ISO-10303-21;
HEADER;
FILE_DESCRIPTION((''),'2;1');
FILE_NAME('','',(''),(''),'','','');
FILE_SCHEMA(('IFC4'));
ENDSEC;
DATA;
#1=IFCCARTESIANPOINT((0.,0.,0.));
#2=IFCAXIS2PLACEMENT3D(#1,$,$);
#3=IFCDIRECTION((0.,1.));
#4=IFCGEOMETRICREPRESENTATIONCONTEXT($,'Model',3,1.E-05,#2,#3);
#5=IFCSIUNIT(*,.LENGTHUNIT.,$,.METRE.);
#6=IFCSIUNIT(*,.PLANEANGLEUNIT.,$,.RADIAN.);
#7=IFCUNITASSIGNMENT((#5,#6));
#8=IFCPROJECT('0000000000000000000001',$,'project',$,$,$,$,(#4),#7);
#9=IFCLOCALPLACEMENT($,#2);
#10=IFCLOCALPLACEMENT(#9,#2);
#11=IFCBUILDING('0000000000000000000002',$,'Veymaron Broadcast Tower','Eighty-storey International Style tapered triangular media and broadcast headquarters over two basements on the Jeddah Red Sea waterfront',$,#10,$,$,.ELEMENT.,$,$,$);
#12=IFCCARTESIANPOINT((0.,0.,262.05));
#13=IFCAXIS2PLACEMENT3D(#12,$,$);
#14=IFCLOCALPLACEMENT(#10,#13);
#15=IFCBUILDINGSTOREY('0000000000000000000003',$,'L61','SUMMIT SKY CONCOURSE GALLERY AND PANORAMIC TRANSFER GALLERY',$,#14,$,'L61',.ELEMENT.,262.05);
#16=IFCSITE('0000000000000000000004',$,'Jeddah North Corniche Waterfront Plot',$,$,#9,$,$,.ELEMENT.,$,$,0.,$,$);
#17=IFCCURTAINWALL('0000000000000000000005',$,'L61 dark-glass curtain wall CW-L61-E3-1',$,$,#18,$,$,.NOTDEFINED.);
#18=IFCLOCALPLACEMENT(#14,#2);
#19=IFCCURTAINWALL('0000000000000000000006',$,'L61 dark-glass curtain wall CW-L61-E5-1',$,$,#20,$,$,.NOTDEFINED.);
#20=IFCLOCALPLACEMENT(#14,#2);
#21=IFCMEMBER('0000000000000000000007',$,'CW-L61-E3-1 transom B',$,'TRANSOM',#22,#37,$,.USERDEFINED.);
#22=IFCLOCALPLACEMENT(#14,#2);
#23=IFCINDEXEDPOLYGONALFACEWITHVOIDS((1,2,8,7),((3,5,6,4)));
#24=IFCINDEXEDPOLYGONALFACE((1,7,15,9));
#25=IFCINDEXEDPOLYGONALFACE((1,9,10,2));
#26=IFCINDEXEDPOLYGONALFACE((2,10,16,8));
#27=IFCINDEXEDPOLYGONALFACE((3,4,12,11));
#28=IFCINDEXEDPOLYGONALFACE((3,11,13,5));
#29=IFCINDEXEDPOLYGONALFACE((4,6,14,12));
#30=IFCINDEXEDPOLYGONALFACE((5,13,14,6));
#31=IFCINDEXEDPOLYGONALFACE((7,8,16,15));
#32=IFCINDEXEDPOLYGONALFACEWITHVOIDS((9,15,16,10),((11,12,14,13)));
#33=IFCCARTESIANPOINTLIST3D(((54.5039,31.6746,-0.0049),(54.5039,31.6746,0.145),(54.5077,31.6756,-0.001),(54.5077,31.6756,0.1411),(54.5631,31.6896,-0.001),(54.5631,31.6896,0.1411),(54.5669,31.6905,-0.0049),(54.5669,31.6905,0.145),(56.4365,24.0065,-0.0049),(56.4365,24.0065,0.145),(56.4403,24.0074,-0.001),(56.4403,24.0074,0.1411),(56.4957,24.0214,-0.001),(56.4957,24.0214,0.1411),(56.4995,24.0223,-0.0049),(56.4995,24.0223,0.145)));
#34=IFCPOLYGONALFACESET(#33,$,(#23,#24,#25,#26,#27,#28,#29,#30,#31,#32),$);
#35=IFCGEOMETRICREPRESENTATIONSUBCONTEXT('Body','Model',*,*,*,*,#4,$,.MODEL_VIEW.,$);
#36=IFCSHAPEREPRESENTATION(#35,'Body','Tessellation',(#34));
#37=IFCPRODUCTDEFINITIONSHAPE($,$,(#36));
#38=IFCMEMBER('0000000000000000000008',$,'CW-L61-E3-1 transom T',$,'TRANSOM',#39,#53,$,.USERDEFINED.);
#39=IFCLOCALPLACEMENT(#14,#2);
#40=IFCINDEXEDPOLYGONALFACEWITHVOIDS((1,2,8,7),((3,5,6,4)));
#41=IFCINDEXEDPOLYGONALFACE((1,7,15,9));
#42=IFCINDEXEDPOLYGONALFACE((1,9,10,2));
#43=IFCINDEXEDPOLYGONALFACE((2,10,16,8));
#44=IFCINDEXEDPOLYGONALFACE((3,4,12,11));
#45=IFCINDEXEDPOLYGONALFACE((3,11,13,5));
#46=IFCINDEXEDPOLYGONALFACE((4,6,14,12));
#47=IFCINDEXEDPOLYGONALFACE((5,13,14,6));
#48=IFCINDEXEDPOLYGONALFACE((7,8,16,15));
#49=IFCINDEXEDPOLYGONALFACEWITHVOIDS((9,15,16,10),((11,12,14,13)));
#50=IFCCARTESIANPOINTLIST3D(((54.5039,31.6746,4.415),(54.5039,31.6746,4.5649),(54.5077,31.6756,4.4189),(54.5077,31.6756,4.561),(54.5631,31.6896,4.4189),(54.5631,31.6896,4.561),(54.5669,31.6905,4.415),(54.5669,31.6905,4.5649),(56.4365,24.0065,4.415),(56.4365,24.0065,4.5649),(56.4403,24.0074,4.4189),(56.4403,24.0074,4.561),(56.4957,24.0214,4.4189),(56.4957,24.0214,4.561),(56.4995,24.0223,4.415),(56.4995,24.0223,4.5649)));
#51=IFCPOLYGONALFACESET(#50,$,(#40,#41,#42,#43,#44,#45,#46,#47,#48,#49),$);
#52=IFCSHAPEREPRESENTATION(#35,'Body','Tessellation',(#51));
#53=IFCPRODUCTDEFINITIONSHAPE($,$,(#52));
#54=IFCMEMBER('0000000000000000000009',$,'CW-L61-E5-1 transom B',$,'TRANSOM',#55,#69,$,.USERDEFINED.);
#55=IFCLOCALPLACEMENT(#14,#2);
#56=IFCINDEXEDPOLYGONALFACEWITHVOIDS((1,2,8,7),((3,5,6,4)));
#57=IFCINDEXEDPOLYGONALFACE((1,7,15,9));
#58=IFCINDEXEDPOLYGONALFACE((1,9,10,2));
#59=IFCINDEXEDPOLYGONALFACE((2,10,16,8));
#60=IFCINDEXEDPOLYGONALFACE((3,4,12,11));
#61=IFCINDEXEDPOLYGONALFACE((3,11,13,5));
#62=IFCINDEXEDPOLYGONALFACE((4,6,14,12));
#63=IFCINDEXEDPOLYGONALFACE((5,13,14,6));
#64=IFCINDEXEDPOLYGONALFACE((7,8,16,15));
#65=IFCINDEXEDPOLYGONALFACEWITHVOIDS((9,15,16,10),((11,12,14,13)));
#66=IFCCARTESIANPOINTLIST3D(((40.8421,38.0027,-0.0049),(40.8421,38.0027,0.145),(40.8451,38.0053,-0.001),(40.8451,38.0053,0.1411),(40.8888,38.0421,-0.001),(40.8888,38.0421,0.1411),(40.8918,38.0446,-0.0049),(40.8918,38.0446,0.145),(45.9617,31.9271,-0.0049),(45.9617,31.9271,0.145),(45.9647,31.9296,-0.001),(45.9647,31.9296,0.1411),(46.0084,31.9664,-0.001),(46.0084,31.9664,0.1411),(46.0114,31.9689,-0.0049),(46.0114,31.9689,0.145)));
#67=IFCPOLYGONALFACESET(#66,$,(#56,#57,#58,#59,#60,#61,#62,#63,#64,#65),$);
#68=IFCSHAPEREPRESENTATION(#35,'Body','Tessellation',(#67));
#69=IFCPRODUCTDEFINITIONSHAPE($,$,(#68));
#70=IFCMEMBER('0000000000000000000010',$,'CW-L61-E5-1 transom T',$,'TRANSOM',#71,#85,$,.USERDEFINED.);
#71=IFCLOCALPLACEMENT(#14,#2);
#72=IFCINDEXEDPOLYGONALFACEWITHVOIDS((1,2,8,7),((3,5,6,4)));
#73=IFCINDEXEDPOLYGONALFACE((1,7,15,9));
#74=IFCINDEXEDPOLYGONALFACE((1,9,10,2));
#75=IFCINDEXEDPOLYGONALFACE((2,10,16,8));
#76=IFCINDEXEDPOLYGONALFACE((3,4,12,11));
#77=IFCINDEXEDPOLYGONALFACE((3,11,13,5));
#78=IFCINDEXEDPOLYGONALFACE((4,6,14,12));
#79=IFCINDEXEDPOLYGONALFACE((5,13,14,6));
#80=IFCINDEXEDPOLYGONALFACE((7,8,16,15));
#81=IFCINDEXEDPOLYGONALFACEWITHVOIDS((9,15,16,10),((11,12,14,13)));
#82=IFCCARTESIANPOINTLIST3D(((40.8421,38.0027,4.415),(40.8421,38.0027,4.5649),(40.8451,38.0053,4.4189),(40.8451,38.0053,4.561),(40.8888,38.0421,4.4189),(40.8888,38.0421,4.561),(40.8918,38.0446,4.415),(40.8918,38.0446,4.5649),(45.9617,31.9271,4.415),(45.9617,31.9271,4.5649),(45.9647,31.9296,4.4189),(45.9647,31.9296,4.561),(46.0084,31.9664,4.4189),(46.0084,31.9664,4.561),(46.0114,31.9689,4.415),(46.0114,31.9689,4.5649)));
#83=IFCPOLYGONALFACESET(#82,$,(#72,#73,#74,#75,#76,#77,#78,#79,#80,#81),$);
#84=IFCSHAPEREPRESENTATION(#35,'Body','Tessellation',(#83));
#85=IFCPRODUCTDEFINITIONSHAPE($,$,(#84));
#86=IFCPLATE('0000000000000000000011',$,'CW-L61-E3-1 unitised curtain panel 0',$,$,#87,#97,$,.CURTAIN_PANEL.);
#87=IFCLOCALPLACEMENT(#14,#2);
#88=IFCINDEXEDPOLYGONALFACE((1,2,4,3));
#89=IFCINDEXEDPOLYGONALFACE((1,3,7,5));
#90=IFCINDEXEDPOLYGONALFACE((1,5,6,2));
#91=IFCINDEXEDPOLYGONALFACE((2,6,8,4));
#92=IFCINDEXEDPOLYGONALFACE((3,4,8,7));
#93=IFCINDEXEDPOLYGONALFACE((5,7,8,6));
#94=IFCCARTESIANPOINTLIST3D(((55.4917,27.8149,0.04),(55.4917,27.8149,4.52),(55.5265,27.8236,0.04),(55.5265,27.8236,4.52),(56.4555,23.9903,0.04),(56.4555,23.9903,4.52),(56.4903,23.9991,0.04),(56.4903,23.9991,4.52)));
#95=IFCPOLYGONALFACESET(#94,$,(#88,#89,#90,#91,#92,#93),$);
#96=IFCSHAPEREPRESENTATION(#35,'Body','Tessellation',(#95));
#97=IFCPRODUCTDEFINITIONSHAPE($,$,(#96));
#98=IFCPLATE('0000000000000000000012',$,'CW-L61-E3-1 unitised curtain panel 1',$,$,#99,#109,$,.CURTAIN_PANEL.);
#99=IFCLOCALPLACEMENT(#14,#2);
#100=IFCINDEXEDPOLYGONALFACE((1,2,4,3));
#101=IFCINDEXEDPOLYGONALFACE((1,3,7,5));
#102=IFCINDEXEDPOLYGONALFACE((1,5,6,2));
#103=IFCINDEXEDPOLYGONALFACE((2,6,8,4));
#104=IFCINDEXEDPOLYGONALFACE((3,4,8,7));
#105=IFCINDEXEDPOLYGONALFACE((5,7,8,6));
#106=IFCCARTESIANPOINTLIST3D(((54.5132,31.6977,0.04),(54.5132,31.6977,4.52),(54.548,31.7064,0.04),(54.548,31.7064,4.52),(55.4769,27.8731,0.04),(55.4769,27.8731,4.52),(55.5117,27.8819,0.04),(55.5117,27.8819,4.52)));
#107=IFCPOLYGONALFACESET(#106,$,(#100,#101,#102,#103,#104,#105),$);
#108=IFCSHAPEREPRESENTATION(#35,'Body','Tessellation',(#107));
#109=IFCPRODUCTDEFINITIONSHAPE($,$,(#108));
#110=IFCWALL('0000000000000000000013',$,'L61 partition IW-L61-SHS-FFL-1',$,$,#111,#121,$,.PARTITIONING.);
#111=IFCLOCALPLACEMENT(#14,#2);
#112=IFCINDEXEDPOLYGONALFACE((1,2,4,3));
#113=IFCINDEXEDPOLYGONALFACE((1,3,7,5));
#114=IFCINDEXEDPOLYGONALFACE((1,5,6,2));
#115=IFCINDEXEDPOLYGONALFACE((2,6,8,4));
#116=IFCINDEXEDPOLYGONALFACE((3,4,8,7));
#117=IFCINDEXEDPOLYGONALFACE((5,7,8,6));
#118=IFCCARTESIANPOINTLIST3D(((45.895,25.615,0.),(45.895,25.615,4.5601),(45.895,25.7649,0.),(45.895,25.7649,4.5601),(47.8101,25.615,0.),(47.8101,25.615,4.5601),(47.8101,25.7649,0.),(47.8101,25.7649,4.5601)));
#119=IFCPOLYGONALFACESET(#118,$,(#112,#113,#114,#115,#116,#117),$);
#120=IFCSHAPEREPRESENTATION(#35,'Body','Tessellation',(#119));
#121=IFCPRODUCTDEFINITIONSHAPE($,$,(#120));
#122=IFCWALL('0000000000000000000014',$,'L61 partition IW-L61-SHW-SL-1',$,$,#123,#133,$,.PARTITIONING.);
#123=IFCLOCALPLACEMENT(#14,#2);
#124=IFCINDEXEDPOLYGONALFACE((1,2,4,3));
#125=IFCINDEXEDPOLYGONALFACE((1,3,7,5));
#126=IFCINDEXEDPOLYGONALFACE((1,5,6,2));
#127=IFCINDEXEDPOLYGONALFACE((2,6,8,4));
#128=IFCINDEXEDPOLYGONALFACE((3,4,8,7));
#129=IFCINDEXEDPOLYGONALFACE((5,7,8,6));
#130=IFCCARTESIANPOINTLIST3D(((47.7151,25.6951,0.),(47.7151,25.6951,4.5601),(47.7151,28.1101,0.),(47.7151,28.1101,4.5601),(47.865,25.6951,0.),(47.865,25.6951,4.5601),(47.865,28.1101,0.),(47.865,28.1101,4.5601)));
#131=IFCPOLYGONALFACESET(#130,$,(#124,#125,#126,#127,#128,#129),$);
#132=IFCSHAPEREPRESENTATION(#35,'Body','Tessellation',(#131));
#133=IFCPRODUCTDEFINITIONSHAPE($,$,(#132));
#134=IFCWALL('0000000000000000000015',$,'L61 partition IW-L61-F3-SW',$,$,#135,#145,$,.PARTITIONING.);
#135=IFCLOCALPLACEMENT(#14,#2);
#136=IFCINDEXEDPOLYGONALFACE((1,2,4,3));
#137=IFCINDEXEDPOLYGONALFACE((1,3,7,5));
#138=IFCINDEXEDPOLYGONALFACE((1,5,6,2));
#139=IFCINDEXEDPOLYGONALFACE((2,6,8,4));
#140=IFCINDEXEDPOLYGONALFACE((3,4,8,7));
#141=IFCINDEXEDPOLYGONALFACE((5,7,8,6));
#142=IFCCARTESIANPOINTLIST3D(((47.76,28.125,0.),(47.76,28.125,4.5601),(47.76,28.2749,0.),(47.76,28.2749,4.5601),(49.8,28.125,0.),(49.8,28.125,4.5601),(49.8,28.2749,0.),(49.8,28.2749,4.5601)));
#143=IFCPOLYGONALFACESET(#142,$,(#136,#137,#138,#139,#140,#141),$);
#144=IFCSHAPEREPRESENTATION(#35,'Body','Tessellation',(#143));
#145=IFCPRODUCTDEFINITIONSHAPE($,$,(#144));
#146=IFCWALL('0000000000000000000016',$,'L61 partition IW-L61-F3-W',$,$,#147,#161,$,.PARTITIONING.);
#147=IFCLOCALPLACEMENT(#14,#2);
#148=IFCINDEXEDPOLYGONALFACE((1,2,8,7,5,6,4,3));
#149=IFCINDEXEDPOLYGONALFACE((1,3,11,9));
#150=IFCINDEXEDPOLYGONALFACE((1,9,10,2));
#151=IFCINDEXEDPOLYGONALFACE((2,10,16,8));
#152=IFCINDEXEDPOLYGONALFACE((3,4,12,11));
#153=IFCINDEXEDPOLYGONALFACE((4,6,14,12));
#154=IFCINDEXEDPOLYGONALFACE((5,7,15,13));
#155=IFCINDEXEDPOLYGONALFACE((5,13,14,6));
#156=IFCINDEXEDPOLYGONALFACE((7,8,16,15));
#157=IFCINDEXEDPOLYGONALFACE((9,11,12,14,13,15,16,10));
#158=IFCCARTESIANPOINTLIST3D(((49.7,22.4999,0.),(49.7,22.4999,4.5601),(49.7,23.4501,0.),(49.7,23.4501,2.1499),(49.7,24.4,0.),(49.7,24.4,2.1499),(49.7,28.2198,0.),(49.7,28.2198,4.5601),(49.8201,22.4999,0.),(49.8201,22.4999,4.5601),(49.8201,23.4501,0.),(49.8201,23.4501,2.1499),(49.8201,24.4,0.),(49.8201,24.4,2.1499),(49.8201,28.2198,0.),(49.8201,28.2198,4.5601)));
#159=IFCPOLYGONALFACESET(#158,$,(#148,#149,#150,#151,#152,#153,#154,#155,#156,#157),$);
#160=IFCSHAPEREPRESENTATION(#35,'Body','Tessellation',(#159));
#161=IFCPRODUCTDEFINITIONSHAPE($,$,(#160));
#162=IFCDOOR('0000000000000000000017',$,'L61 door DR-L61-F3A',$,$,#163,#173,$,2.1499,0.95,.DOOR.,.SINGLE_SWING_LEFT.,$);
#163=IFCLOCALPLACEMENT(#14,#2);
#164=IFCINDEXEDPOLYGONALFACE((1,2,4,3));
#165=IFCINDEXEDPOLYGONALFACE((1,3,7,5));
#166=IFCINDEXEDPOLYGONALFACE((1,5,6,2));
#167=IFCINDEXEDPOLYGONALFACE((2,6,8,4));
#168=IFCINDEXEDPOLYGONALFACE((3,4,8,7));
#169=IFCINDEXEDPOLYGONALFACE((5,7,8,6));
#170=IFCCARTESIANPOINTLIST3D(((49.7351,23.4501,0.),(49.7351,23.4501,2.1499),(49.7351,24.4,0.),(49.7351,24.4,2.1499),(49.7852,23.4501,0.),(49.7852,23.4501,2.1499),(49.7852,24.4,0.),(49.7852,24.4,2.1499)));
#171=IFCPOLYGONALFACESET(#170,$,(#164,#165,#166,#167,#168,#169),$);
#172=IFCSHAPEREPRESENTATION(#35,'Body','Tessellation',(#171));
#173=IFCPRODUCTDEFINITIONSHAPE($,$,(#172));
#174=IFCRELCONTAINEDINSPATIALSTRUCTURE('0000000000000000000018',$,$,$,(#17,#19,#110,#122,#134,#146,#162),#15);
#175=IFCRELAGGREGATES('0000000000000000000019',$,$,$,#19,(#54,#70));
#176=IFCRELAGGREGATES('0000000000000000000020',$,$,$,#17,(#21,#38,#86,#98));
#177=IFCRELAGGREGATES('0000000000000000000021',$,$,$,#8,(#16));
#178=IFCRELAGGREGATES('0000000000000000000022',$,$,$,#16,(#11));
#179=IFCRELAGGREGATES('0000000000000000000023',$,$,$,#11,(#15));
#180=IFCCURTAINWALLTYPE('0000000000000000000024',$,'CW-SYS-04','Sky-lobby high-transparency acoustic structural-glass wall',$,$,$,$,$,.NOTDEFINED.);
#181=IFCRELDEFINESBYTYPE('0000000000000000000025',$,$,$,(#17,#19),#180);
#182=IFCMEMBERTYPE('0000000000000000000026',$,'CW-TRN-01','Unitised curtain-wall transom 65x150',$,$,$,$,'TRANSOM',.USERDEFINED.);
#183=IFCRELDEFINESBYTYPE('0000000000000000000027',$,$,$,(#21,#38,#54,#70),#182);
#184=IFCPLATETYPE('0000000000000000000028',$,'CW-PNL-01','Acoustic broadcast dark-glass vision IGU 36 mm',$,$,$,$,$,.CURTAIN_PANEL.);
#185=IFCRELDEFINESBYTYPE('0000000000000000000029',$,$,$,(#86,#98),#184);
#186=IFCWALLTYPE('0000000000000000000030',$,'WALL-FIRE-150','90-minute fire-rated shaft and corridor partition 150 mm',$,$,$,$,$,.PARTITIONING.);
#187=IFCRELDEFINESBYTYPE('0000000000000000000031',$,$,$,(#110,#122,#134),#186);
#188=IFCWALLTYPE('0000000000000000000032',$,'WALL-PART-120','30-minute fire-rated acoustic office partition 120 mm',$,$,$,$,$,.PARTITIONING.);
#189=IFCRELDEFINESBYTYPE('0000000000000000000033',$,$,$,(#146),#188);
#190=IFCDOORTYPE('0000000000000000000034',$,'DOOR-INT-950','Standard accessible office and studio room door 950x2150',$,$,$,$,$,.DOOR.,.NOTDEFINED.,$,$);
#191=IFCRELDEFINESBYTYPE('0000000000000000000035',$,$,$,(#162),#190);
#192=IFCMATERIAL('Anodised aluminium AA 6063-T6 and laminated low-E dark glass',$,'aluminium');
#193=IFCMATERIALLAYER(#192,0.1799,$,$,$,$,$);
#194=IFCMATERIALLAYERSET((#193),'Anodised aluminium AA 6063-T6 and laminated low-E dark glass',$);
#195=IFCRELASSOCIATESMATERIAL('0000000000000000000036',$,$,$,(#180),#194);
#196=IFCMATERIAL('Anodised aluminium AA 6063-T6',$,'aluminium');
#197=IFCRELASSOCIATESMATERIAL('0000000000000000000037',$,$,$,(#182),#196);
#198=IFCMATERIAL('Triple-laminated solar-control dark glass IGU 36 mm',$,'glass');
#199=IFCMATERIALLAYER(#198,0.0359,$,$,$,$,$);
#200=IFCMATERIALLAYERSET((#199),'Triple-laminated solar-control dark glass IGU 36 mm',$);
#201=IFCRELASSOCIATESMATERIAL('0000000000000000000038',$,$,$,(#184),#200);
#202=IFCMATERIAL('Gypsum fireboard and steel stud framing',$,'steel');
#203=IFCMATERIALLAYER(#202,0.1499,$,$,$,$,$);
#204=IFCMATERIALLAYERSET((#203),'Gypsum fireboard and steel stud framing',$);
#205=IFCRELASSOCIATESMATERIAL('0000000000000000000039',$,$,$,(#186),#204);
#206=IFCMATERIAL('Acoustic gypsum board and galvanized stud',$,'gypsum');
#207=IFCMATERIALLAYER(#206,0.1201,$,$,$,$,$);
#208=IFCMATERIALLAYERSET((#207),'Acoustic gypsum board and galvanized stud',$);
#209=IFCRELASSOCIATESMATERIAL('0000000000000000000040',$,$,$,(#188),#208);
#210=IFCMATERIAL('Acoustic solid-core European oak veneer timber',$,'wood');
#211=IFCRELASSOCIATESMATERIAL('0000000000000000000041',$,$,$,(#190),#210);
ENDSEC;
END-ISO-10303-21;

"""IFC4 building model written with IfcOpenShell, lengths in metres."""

from ifc_helpers import new_model, si_unit, direction, frame, frame_2d, origin, origin_2d, place, context, subcontext, project, spatial, rectangle, hollow_rectangle, extrude, material, layer, layer_set, material_profile, profile_set, type_object, element, fill, aggregate, save


model = new_model("IFC4")

# Units and contexts
model_context = context("Model", 3, precision=1e-05, world=origin(), true_north=direction((0.0, 1.0)))
body_context = subcontext(model_context, "Body", "Model", "MODEL_VIEW")
ifc_project = project(units=[si_unit("LENGTHUNIT", "METRE"), si_unit("PLANEANGLEUNIT", "RADIAN")], contexts=[model_context])

# Site, building, storey
site_placement = place(None, origin())
site = spatial("IfcSite", under=ifc_project, at=site_placement, Name="Jeddah North Corniche Waterfront Plot", CompositionType="ELEMENT", RefElevation=0.0)
building_placement = place(site_placement, origin())
building = spatial("IfcBuilding", under=site, at=building_placement, Name="Veymaron Broadcast Tower", Description="Eighty-storey International Style tapered triangular media and broadcast headquarters over two basements on the Jeddah Red Sea waterfront", CompositionType="ELEMENT")
storey_placement = place(building_placement, frame((0.0, 0.0, 262.05)))
storey = spatial("IfcBuildingStorey", under=building, at=storey_placement, Name="L61", Description="SUMMIT SKY CONCOURSE GALLERY AND PANORAMIC TRANSFER GALLERY", LongName="L61", CompositionType="ELEMENT", Elevation=262.05)

# Shared definitions
ifc_material_1 = material(Name="Anodised aluminium AA 6063-T6 and laminated low-E dark glass", Category="aluminium")
ifc_layer_1 = layer(ifc_material_1, 0.1799)
ifc_layer_set_1 = layer_set([ifc_layer_1], Name="Anodised aluminium AA 6063-T6 and laminated low-E dark glass")
curtain_wall_type = type_object("IfcCurtainWallType", Name="CW-SYS-04", Description="Sky-lobby high-transparency acoustic structural-glass wall", PredefinedType="NOTDEFINED", material=ifc_layer_set_1)
ifc_material_2 = material(Name="Anodised aluminium AA 6063-T6", Category="aluminium")

# Curtain wall
curtain_wall_1_placement = place(storey_placement, origin())
curtain_wall_1 = element("IfcCurtainWall", 1, at=curtain_wall_1_placement, inside=storey, type_object=curtain_wall_type, Name="L61 dark-glass curtain wall CW-L61-E3-1", PredefinedType="NOTDEFINED")

# Curtain wall
curtain_wall_2_placement = place(storey_placement, origin())
curtain_wall_2 = element("IfcCurtainWall", 2, at=curtain_wall_2_placement, inside=storey, type_object=curtain_wall_type, Name="L61 dark-glass curtain wall CW-L61-E5-1", PredefinedType="NOTDEFINED")

# Members
ifc_material_profile_1 = material_profile(ifc_material_2, hollow_rectangle(XDim=0.0649, YDim=0.1499, WallThickness=0.0039, at=origin_2d()), Name="AL150X65X4")
ifc_profile_set_1 = profile_set([ifc_material_profile_1], Name="Anodised aluminium AA 6063-T6")
member_type_1 = type_object("IfcMemberType", Name="CW-TRN-01", Description="Unitised curtain-wall transom 65x150", ElementType="TRANSOM", PredefinedType="USERDEFINED", material=ifc_profile_set_1)
member_1_placement = place(storey_placement, frame((56.468, 24.0144, 0.0701), z_axis=(-0.244388, 0.969678, 0.0), x_axis=(-0.969678, -0.244388, 0.0)))
member_1 = element("IfcMember", 3, at=member_1_placement, type_object=member_type_1, Name="CW-L61-E3-1 transom B", ObjectType="TRANSOM", PredefinedType="USERDEFINED", context=body_context, shape_type="SweptSolid", body=[
    extrude(hollow_rectangle(XDim=0.0649, YDim=0.1499, WallThickness=0.0039, at=origin_2d()), origin(), (0.0, 0.0, 1.0), 7.908),
])
member_2_placement = place(storey_placement, frame((56.468, 24.0144, 4.49), z_axis=(-0.244388, 0.969678, 0.0), x_axis=(-0.969678, -0.244388, 0.0)))
member_2 = element("IfcMember", 4, at=member_2_placement, type_object=member_type_1, Name="CW-L61-E3-1 transom T", ObjectType="TRANSOM", PredefinedType="USERDEFINED", context=body_context, shape_type="SweptSolid", body=[
    extrude(hollow_rectangle(XDim=0.0649, YDim=0.1499, WallThickness=0.0039, at=origin_2d()), origin(), (0.0, 0.0, 1.0), 7.908),
])
member_3_placement = place(storey_placement, frame((45.9866, 31.948, 0.0701), z_axis=(-0.644376, 0.764709, 0.0), x_axis=(-0.764709, -0.644376, 0.0)))
member_3 = element("IfcMember", 5, at=member_3_placement, type_object=member_type_1, Name="CW-L61-E5-1 transom B", ObjectType="TRANSOM", PredefinedType="USERDEFINED", context=body_context, shape_type="SweptSolid", body=[
    extrude(hollow_rectangle(XDim=0.0649, YDim=0.1499, WallThickness=0.0039, at=origin_2d()), origin(), (0.0, 0.0, 1.0), 7.9451),
])
member_4_placement = place(storey_placement, frame((45.9866, 31.948, 4.49), z_axis=(-0.644376, 0.764709, 0.0), x_axis=(-0.764709, -0.644376, 0.0)))
member_4 = element("IfcMember", 6, at=member_4_placement, type_object=member_type_1, Name="CW-L61-E5-1 transom T", ObjectType="TRANSOM", PredefinedType="USERDEFINED", context=body_context, shape_type="SweptSolid", body=[
    extrude(hollow_rectangle(XDim=0.0649, YDim=0.1499, WallThickness=0.0039, at=origin_2d()), origin(), (0.0, 0.0, 1.0), 7.9451),
])
aggregate(curtain_wall_2, [member_3, member_4])

# Plates
ifc_material_3 = material(Name="Triple-laminated solar-control dark glass IGU 36 mm", Category="glass")
ifc_layer_2 = layer(ifc_material_3, 0.0359)
ifc_layer_set_2 = layer_set([ifc_layer_2], Name="Triple-laminated solar-control dark glass IGU 36 mm")
plate_type = type_object("IfcPlateType", Name="CW-PNL-01", Description="Acoustic broadcast dark-glass vision IGU 36 mm", PredefinedType="CURTAIN_PANEL", material=ifc_layer_set_2)
plate_1_placement = place(storey_placement, frame((55.991, 25.907, 0.04), z_axis=(0.0, 0.0, 1.0), x_axis=(-0.24436, 0.969685, 0.0)))
plate_1 = element("IfcPlate", 7, at=plate_1_placement, type_object=plate_type, Name="CW-L61-E3-1 unitised curtain panel 0", PredefinedType="CURTAIN_PANEL", context=body_context, shape_type="SweptSolid", body=[
    extrude(rectangle(XDim=3.9441, YDim=0.0359, at=origin_2d()), origin(), (0.0, 0.0, 1.0), 4.48),
])
plate_2_placement = place(storey_placement, frame((55.0125, 29.7898, 0.04), z_axis=(0.0, 0.0, 1.0), x_axis=(-0.24436, 0.969685, 0.0)))
plate_2 = element("IfcPlate", 8, at=plate_2_placement, type_object=plate_type, Name="CW-L61-E3-1 unitised curtain panel 1", PredefinedType="CURTAIN_PANEL", context=body_context, shape_type="SweptSolid", body=[
    extrude(rectangle(XDim=3.9441, YDim=0.0359, at=origin_2d()), origin(), (0.0, 0.0, 1.0), 4.48),
])
aggregate(curtain_wall_1, [member_1, member_2, plate_1, plate_2])

# Shared definitions
ifc_material_4 = material(Name="Gypsum fireboard and steel stud framing", Category="steel")
ifc_layer_3 = layer(ifc_material_4, 0.1499)
ifc_layer_set_3 = layer_set([ifc_layer_3], Name="Gypsum fireboard and steel stud framing")
wall_type_1 = type_object("IfcWallType", Name="WALL-FIRE-150", Description="90-minute fire-rated shaft and corridor partition 150 mm", PredefinedType="PARTITIONING", material=ifc_layer_set_3)

# Wall
wall_1_placement = place(storey_placement, frame((45.895, 25.6899, 0.0), z_axis=(0.0, 0.0, 1.0), x_axis=(1.0, 0.0, 0.0)))
element("IfcWall", 9, at=wall_1_placement, inside=storey, type_object=wall_type_1, Name="L61 partition IW-L61-SHS-FFL-1", PredefinedType="PARTITIONING", context=body_context, shape_type="SweptSolid", body=[
    extrude(rectangle(XDim=1.915, YDim=0.1499, at=frame_2d((0.9575, 0.0))), origin(), (0.0, 0.0, 1.0), 4.5601),
])

# Walls
wall_2_placement = place(storey_placement, frame((47.79, 25.6951, 0.0), z_axis=(0.0, 0.0, 1.0), x_axis=(0.0, 1.0, 0.0)))
element("IfcWall", 10, at=wall_2_placement, inside=storey, type_object=wall_type_1, Name="L61 partition IW-L61-SHW-SL-1", PredefinedType="PARTITIONING", context=body_context, shape_type="SweptSolid", body=[
    extrude(rectangle(XDim=2.415, YDim=0.1499, at=frame_2d((1.2075, 0.0))), origin(), (0.0, 0.0, 1.0), 4.5601),
])
wall_3_placement = place(storey_placement, frame((47.76, 28.2, 0.0), z_axis=(0.0, 0.0, 1.0), x_axis=(1.0, 0.0, 0.0)))
element("IfcWall", 11, at=wall_3_placement, inside=storey, type_object=wall_type_1, Name="L61 partition IW-L61-F3-SW", PredefinedType="PARTITIONING", context=body_context, shape_type="SweptSolid", body=[
    extrude(rectangle(XDim=2.04, YDim=0.1499, at=frame_2d((1.02, 0.0))), origin(), (0.0, 0.0, 1.0), 4.5601),
])

# Wall, opening, door
ifc_material_5 = material(Name="Acoustic gypsum board and galvanized stud", Category="gypsum")
ifc_layer_4 = layer(ifc_material_5, 0.1201)
ifc_layer_set_4 = layer_set([ifc_layer_4], Name="Acoustic gypsum board and galvanized stud")
wall_type_2 = type_object("IfcWallType", Name="WALL-PART-120", Description="30-minute fire-rated acoustic office partition 120 mm", PredefinedType="PARTITIONING", material=ifc_layer_set_4)
wall_4_placement = place(storey_placement, frame((49.76, 22.5, 0.0), z_axis=(0.0, 0.0, 1.0), x_axis=(0.0, 1.0, 0.0)))
wall_4 = element("IfcWall", 12, at=wall_4_placement, inside=storey, type_object=wall_type_2, Name="L61 partition IW-L61-F3-W", PredefinedType="PARTITIONING", context=body_context, shape_type="SweptSolid", body=[
    extrude(rectangle(XDim=5.72, YDim=0.1201, at=frame_2d((2.8599, 0.0))), origin(), (0.0, 0.0, 1.0), 4.5601),
])
opening_1_placement = place(wall_4_placement, frame((0.95, 0.0, 0.0)))
opening_1 = element("IfcOpeningElement", 13, at=opening_1_placement, cuts=wall_4, PredefinedType="OPENING", context=body_context, shape_type="SweptSolid", body=[
    extrude(rectangle(XDim=0.95, YDim=2.1499, at=frame_2d((0.4751, 1.075))), frame((0.0, 0.0701, 0.0), z_axis=(0.0, -1.0, 0.0), x_axis=(1.0, 0.0, 0.0)), (0.0, 0.0, 1.0), 0.1401),
])
ifc_material_6 = material(Name="Acoustic solid-core European oak veneer timber", Category="wood")
door_type_1 = type_object("IfcDoorType", Name="DOOR-INT-950", Description="Standard accessible office and studio room door 950x2150", OperationType="NOTDEFINED", PredefinedType="DOOR", material=ifc_material_6)
door_1_placement = place(opening_1_placement, origin())
door_1 = element("IfcDoor", 14, at=door_1_placement, inside=storey, type_object=door_type_1, Name="L61 door DR-L61-F3A", OperationType="SINGLE_SWING_LEFT", OverallHeight=2.1499, OverallWidth=0.95, PredefinedType="DOOR", context=body_context, shape_type="SweptSolid", body=[
    extrude(rectangle(XDim=0.95, YDim=2.1499, at=frame_2d((0.4751, 1.075))), frame((0.0, 0.0249, 0.0), z_axis=(0.0, -1.0, 0.0), x_axis=(1.0, 0.0, 0.0)), (0.0, 0.0, 1.0), 0.05),
])
fill(opening_1, door_1)

save(model, "model.ifc")
